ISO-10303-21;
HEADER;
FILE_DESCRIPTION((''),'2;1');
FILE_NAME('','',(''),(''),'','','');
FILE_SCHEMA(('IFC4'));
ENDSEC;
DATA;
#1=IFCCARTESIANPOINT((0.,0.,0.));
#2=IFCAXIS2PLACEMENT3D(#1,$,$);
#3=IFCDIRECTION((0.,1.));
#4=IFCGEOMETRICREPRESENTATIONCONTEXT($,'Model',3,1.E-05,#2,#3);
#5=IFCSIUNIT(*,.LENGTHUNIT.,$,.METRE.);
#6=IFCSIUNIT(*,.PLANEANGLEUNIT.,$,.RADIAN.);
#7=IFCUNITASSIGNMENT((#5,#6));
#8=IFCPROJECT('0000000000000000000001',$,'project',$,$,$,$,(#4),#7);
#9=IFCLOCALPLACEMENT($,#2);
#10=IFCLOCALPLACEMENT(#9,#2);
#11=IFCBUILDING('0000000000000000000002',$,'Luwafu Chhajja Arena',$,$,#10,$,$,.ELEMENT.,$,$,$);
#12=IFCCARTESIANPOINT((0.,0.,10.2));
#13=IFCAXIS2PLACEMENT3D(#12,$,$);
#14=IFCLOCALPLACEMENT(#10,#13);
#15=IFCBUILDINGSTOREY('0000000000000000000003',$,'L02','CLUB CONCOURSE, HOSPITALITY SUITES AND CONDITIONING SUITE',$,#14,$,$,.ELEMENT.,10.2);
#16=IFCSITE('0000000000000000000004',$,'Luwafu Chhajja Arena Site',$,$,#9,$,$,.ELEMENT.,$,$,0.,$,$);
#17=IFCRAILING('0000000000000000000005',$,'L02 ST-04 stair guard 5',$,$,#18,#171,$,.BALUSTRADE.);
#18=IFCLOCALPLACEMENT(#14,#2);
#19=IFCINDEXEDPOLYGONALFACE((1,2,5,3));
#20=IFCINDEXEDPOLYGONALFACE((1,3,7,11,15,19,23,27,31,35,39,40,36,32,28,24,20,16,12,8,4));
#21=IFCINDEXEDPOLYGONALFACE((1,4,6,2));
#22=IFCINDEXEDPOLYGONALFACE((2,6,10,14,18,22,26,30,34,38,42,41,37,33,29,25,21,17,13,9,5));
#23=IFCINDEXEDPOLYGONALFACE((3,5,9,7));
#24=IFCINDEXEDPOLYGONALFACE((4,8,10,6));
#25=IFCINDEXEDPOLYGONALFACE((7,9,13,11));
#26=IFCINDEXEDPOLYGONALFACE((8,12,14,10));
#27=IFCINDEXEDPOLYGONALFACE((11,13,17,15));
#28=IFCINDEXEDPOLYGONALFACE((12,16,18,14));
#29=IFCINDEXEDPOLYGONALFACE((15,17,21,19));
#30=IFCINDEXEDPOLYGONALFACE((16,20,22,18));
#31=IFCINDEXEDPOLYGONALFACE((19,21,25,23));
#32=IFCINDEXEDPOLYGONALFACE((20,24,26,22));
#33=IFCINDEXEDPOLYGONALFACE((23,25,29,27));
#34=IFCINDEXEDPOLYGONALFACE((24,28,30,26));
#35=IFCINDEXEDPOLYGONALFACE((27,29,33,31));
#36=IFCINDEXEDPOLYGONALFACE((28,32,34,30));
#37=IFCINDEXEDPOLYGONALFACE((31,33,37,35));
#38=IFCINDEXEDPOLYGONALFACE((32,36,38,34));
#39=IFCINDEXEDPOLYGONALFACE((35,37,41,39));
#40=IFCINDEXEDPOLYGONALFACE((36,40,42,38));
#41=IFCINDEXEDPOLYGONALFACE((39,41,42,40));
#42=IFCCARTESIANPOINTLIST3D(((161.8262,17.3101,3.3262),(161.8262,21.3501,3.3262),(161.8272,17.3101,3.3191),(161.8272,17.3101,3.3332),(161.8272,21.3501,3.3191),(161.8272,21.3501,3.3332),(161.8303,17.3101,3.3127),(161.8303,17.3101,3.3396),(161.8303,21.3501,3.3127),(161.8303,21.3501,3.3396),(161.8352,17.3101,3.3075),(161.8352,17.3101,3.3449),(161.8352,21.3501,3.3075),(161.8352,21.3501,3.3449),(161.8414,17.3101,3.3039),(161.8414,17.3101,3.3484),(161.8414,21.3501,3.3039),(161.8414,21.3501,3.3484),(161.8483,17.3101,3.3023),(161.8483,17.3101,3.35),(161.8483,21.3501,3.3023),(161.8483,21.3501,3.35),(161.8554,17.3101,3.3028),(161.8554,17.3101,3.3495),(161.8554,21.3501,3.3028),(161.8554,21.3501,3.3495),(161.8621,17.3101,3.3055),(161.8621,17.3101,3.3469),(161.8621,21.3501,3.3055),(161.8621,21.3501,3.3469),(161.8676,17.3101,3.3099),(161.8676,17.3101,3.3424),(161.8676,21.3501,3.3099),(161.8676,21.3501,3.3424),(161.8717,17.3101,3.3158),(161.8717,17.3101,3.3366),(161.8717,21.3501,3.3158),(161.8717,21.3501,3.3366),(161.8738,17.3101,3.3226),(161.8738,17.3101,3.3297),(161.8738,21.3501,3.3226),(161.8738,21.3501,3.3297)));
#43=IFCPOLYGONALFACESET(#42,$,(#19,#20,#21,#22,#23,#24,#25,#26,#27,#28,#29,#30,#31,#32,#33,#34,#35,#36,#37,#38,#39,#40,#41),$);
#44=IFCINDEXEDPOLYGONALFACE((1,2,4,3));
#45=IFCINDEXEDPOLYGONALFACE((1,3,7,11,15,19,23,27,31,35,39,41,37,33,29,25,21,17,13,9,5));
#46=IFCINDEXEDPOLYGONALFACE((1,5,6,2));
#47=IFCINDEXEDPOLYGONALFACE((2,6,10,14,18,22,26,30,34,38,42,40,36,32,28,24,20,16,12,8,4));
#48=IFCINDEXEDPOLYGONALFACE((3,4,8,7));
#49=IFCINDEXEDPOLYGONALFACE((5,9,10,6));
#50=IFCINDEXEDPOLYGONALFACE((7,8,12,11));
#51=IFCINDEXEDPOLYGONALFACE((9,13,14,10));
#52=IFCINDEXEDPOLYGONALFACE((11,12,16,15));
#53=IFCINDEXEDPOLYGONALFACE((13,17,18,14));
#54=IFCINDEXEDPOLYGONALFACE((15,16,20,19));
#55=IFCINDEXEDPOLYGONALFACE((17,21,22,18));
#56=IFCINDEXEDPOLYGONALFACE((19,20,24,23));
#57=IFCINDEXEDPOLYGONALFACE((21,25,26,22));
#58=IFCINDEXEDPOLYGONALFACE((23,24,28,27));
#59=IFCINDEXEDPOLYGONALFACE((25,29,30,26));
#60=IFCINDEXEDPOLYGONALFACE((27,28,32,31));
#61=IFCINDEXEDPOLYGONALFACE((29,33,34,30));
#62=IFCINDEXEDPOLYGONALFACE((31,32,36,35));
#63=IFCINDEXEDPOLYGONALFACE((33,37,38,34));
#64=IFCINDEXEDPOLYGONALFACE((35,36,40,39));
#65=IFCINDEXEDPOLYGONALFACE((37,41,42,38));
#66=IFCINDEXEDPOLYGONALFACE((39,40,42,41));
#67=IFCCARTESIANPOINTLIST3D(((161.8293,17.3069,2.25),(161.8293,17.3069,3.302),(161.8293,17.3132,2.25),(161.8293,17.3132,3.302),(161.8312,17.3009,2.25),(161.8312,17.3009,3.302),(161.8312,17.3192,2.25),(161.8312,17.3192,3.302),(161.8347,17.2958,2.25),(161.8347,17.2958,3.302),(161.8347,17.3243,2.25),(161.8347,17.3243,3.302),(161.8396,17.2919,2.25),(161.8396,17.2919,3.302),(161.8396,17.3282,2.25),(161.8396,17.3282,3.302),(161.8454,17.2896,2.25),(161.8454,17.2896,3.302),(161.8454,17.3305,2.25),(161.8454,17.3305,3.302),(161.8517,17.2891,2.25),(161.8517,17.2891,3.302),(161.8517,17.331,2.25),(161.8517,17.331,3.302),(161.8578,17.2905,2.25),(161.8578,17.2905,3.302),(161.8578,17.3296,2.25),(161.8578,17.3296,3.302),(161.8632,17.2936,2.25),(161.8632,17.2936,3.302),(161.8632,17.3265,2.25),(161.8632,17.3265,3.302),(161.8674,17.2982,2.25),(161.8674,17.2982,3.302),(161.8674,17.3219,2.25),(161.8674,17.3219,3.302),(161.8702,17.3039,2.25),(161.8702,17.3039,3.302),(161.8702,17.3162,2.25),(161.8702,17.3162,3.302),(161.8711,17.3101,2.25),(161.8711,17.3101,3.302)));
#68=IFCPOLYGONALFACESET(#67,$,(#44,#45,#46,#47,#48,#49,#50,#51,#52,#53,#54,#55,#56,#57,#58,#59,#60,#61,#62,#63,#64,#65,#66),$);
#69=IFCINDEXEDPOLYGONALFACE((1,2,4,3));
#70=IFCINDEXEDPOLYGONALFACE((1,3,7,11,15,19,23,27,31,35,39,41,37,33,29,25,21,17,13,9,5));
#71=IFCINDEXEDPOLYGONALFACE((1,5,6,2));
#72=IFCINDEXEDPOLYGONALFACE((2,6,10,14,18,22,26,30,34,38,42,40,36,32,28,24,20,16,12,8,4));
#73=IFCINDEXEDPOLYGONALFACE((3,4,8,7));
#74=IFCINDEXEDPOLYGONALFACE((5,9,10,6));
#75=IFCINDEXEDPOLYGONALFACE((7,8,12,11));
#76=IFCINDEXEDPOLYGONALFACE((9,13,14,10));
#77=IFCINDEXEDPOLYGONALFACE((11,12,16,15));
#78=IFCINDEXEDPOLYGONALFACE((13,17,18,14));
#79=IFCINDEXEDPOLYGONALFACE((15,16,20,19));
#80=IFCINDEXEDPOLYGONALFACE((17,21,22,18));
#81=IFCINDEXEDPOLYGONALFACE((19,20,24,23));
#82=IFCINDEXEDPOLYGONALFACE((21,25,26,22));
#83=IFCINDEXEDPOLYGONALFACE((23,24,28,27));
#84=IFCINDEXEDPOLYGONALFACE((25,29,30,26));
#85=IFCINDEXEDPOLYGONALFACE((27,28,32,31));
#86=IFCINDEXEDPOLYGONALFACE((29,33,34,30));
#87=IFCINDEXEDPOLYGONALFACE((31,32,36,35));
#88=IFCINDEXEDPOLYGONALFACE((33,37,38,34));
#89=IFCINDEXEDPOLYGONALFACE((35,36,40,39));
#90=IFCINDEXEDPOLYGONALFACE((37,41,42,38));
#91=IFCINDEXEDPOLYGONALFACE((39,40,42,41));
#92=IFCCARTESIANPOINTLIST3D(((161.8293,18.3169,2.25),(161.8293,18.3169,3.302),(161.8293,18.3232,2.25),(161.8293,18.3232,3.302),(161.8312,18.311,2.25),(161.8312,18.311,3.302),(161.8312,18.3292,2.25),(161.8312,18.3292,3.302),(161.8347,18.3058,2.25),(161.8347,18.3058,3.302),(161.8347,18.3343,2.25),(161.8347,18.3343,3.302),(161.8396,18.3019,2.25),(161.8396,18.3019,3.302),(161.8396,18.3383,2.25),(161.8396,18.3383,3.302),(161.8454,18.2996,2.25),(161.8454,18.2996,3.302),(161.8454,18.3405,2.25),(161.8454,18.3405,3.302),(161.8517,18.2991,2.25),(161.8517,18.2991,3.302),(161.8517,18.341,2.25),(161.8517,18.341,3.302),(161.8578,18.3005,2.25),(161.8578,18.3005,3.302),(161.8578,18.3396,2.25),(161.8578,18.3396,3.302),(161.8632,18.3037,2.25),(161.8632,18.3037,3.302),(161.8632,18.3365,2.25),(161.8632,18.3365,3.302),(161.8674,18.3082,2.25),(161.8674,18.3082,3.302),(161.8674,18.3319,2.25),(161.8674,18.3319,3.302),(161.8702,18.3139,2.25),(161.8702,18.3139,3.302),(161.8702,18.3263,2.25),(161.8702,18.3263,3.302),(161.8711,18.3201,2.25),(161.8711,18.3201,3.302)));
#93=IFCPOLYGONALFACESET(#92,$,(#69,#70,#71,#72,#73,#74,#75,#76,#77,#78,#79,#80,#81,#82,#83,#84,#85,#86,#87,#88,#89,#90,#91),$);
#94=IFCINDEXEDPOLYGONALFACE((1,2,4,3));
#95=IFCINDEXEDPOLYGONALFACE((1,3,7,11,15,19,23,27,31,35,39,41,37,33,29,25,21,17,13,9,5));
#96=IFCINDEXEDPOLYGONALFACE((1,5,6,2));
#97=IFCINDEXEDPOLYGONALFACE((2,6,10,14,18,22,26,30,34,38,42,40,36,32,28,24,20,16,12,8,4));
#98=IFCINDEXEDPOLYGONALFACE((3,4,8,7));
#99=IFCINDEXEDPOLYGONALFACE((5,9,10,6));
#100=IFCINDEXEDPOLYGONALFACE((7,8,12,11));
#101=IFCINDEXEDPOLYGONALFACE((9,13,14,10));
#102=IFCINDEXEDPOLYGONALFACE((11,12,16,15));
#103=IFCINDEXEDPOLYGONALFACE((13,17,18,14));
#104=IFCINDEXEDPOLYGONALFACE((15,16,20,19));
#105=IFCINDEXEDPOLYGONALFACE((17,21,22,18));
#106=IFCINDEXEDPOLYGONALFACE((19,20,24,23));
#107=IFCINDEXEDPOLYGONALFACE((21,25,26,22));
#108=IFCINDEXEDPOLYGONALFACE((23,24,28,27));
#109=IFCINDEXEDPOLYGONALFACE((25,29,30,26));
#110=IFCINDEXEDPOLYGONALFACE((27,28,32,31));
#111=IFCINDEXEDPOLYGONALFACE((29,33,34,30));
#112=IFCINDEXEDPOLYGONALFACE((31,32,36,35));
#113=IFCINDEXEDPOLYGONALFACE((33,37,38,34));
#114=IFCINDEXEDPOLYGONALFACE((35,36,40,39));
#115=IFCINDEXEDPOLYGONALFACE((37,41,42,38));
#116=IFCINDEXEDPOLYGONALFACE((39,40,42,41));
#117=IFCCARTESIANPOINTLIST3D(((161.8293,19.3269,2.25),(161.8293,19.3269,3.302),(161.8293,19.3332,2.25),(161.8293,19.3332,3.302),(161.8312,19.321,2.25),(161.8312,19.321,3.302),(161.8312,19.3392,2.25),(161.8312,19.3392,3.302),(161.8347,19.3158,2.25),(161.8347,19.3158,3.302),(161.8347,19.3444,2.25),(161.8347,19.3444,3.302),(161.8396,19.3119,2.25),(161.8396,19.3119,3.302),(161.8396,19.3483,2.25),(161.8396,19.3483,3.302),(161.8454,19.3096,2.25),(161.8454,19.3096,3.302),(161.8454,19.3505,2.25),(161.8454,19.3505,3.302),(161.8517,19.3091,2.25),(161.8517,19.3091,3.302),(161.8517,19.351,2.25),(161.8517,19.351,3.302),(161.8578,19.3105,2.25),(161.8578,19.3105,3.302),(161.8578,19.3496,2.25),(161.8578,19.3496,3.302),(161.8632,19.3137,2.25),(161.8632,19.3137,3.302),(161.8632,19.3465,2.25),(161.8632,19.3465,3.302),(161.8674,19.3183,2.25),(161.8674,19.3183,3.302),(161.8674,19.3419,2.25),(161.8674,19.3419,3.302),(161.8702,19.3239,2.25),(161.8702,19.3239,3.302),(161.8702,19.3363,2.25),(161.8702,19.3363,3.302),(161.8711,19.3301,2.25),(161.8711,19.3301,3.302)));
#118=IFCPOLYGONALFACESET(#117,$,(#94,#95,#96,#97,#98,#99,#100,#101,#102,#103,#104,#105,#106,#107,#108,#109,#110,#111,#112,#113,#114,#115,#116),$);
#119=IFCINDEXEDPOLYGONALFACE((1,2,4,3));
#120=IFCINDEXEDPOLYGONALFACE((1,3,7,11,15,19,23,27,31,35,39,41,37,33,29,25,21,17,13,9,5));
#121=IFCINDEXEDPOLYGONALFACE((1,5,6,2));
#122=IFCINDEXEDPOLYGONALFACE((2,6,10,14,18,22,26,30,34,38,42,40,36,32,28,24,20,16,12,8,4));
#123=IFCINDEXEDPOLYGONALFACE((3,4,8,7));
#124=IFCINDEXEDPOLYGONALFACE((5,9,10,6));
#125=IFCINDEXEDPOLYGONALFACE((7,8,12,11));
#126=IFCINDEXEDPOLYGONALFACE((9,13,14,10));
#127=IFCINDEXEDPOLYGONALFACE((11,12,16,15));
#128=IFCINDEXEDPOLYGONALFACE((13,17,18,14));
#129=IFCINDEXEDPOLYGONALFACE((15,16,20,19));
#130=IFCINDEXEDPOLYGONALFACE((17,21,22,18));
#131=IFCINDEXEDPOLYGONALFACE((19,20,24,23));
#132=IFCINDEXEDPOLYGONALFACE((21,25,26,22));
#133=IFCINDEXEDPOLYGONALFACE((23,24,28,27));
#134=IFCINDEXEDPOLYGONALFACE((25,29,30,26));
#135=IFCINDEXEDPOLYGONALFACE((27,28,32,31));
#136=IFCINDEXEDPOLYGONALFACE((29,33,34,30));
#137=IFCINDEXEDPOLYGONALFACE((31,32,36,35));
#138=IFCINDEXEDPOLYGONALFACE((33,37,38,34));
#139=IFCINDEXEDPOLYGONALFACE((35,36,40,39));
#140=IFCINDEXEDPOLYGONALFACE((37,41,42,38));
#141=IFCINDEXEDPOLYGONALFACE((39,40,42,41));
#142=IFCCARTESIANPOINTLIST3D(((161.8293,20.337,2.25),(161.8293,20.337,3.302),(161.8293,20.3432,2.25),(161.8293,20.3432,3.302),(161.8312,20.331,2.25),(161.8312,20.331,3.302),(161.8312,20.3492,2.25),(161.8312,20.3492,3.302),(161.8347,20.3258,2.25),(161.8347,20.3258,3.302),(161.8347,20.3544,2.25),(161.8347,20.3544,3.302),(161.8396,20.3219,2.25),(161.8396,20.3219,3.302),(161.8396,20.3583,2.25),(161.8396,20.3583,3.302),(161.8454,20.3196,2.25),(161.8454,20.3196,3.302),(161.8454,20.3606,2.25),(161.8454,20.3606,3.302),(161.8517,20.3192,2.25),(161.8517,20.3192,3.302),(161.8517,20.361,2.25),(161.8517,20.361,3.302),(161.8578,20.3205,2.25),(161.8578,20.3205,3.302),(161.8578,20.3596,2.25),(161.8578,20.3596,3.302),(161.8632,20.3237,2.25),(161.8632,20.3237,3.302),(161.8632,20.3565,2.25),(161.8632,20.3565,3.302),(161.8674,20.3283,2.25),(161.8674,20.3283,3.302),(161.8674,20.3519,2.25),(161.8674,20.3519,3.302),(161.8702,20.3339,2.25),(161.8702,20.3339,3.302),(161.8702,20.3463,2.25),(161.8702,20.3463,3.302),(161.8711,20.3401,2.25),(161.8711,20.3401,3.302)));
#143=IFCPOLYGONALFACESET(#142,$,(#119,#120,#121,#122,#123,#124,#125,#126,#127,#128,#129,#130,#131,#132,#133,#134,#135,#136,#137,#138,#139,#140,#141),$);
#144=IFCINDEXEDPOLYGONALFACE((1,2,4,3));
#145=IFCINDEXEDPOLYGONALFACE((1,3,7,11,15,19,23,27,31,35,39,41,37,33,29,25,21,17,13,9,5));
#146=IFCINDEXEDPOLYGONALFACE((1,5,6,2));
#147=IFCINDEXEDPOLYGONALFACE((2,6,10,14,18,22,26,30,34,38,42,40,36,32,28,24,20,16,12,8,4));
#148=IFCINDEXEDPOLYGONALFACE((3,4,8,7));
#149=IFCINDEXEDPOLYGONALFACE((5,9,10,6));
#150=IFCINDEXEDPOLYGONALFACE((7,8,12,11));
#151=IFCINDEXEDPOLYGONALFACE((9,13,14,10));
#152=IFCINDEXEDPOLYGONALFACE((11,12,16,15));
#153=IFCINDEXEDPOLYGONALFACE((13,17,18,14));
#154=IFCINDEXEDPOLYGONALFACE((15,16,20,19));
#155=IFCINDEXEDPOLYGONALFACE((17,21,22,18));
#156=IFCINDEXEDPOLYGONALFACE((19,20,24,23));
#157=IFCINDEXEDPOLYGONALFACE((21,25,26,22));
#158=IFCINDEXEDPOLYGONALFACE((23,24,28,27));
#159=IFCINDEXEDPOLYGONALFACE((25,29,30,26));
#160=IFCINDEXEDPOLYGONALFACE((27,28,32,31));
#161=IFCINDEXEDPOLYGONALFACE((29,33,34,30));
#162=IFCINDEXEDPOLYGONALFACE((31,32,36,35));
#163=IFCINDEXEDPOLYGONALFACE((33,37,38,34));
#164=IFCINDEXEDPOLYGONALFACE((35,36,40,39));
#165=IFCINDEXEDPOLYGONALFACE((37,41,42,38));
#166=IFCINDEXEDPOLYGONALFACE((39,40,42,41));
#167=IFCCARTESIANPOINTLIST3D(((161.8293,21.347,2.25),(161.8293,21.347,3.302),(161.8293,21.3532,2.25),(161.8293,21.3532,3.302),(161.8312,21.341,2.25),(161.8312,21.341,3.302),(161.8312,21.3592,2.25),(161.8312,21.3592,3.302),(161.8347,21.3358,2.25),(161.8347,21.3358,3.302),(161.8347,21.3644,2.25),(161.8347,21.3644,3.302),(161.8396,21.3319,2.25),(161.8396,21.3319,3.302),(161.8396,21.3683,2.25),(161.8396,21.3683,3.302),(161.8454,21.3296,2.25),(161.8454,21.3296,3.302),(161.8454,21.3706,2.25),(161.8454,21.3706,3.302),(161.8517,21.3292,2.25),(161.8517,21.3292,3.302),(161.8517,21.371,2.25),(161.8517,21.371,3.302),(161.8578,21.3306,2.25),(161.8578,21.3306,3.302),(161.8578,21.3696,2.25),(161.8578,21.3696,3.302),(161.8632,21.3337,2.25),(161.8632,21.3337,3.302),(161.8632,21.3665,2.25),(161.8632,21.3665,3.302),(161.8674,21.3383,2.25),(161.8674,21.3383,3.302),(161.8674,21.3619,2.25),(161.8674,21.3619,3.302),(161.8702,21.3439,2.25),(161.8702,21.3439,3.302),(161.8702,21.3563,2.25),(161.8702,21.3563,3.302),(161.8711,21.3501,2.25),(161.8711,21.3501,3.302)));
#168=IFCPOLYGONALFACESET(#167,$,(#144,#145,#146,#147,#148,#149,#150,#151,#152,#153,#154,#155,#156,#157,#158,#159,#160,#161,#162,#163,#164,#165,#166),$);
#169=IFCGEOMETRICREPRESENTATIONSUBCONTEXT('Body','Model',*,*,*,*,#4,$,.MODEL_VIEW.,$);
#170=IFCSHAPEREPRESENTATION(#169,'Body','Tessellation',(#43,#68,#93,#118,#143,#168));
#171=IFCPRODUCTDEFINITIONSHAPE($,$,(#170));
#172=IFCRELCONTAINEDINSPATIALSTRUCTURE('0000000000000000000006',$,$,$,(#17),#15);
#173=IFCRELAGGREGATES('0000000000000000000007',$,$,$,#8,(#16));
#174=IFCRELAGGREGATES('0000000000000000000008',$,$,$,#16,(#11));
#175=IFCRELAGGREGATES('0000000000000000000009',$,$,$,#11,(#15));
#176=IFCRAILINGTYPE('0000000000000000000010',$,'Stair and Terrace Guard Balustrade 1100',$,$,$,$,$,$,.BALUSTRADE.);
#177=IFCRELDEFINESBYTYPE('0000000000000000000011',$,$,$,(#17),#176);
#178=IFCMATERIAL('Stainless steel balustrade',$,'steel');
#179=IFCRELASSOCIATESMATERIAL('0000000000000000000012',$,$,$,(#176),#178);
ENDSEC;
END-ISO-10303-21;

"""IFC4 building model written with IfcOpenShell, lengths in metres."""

from ifc_helpers import new_model, si_unit, direction, frame, origin, origin_2d, place, context, subcontext, project, spatial, circle, extrude, material, type_object, element, save


model = new_model("IFC4")

# Units and contexts
model_context = context("Model", 3, precision=1e-05, world=origin(), true_north=direction((0.0, 1.0)))
body_context = subcontext(model_context, "Body", "Model", "MODEL_VIEW")
ifc_project = project(units=[si_unit("LENGTHUNIT", "METRE"), si_unit("PLANEANGLEUNIT", "RADIAN")], contexts=[model_context])

# Site, building, storey
site_placement = place(None, origin())
site = spatial("IfcSite", under=ifc_project, at=site_placement, Name="Luwafu Chhajja Arena Site", CompositionType="ELEMENT", RefElevation=0.0)
building_placement = place(site_placement, origin())
building = spatial("IfcBuilding", under=site, at=building_placement, Name="Luwafu Chhajja Arena", CompositionType="ELEMENT")
storey_placement = place(building_placement, frame((0.0, 0.0, 10.2)))
storey = spatial("IfcBuildingStorey", under=building, at=storey_placement, Name="L02", Description="CLUB CONCOURSE, HOSPITALITY SUITES AND CONDITIONING SUITE", CompositionType="ELEMENT", Elevation=10.2)

# Railing
ifc_material_1 = material(Name="Stainless steel balustrade", Category="steel")
railing_type_1 = type_object("IfcRailingType", Name="Stair and Terrace Guard Balustrade 1100", PredefinedType="BALUSTRADE", material=ifc_material_1)
railing_1_placement = place(storey_placement, frame((161.8501, 17.3101, 2.25)))
element("IfcRailing", 1, at=railing_1_placement, inside=storey, type_object=railing_type_1, Name="L02 ST-04 stair guard 5", PredefinedType="BALUSTRADE", context=body_context, shape_type="SweptSolid", body=[
    extrude(circle(Radius=0.0239, at=origin_2d()), frame((0.0, 0.0, 1.0762), z_axis=(0.0, 1.0, 0.0), x_axis=(-1.0, 0.0, 0.0)), (0.0, 0.0, 1.0), 4.04),
    extrude(circle(Radius=0.021, at=origin_2d()), origin(), (0.0, 0.0, 1.0), 1.052),
    extrude(circle(Radius=0.021, at=origin_2d()), frame((0.0, 1.01, 0.0)), (0.0, 0.0, 1.0), 1.052),
    extrude(circle(Radius=0.021, at=origin_2d()), frame((0.0, 2.02, 0.0)), (0.0, 0.0, 1.0), 1.052),
    extrude(circle(Radius=0.021, at=origin_2d()), frame((0.0, 3.03, 0.0)), (0.0, 0.0, 1.0), 1.052),
    extrude(circle(Radius=0.021, at=origin_2d()), frame((0.0, 4.04, 0.0)), (0.0, 0.0, 1.0), 1.052),
])

save(model, "model.ifc")
